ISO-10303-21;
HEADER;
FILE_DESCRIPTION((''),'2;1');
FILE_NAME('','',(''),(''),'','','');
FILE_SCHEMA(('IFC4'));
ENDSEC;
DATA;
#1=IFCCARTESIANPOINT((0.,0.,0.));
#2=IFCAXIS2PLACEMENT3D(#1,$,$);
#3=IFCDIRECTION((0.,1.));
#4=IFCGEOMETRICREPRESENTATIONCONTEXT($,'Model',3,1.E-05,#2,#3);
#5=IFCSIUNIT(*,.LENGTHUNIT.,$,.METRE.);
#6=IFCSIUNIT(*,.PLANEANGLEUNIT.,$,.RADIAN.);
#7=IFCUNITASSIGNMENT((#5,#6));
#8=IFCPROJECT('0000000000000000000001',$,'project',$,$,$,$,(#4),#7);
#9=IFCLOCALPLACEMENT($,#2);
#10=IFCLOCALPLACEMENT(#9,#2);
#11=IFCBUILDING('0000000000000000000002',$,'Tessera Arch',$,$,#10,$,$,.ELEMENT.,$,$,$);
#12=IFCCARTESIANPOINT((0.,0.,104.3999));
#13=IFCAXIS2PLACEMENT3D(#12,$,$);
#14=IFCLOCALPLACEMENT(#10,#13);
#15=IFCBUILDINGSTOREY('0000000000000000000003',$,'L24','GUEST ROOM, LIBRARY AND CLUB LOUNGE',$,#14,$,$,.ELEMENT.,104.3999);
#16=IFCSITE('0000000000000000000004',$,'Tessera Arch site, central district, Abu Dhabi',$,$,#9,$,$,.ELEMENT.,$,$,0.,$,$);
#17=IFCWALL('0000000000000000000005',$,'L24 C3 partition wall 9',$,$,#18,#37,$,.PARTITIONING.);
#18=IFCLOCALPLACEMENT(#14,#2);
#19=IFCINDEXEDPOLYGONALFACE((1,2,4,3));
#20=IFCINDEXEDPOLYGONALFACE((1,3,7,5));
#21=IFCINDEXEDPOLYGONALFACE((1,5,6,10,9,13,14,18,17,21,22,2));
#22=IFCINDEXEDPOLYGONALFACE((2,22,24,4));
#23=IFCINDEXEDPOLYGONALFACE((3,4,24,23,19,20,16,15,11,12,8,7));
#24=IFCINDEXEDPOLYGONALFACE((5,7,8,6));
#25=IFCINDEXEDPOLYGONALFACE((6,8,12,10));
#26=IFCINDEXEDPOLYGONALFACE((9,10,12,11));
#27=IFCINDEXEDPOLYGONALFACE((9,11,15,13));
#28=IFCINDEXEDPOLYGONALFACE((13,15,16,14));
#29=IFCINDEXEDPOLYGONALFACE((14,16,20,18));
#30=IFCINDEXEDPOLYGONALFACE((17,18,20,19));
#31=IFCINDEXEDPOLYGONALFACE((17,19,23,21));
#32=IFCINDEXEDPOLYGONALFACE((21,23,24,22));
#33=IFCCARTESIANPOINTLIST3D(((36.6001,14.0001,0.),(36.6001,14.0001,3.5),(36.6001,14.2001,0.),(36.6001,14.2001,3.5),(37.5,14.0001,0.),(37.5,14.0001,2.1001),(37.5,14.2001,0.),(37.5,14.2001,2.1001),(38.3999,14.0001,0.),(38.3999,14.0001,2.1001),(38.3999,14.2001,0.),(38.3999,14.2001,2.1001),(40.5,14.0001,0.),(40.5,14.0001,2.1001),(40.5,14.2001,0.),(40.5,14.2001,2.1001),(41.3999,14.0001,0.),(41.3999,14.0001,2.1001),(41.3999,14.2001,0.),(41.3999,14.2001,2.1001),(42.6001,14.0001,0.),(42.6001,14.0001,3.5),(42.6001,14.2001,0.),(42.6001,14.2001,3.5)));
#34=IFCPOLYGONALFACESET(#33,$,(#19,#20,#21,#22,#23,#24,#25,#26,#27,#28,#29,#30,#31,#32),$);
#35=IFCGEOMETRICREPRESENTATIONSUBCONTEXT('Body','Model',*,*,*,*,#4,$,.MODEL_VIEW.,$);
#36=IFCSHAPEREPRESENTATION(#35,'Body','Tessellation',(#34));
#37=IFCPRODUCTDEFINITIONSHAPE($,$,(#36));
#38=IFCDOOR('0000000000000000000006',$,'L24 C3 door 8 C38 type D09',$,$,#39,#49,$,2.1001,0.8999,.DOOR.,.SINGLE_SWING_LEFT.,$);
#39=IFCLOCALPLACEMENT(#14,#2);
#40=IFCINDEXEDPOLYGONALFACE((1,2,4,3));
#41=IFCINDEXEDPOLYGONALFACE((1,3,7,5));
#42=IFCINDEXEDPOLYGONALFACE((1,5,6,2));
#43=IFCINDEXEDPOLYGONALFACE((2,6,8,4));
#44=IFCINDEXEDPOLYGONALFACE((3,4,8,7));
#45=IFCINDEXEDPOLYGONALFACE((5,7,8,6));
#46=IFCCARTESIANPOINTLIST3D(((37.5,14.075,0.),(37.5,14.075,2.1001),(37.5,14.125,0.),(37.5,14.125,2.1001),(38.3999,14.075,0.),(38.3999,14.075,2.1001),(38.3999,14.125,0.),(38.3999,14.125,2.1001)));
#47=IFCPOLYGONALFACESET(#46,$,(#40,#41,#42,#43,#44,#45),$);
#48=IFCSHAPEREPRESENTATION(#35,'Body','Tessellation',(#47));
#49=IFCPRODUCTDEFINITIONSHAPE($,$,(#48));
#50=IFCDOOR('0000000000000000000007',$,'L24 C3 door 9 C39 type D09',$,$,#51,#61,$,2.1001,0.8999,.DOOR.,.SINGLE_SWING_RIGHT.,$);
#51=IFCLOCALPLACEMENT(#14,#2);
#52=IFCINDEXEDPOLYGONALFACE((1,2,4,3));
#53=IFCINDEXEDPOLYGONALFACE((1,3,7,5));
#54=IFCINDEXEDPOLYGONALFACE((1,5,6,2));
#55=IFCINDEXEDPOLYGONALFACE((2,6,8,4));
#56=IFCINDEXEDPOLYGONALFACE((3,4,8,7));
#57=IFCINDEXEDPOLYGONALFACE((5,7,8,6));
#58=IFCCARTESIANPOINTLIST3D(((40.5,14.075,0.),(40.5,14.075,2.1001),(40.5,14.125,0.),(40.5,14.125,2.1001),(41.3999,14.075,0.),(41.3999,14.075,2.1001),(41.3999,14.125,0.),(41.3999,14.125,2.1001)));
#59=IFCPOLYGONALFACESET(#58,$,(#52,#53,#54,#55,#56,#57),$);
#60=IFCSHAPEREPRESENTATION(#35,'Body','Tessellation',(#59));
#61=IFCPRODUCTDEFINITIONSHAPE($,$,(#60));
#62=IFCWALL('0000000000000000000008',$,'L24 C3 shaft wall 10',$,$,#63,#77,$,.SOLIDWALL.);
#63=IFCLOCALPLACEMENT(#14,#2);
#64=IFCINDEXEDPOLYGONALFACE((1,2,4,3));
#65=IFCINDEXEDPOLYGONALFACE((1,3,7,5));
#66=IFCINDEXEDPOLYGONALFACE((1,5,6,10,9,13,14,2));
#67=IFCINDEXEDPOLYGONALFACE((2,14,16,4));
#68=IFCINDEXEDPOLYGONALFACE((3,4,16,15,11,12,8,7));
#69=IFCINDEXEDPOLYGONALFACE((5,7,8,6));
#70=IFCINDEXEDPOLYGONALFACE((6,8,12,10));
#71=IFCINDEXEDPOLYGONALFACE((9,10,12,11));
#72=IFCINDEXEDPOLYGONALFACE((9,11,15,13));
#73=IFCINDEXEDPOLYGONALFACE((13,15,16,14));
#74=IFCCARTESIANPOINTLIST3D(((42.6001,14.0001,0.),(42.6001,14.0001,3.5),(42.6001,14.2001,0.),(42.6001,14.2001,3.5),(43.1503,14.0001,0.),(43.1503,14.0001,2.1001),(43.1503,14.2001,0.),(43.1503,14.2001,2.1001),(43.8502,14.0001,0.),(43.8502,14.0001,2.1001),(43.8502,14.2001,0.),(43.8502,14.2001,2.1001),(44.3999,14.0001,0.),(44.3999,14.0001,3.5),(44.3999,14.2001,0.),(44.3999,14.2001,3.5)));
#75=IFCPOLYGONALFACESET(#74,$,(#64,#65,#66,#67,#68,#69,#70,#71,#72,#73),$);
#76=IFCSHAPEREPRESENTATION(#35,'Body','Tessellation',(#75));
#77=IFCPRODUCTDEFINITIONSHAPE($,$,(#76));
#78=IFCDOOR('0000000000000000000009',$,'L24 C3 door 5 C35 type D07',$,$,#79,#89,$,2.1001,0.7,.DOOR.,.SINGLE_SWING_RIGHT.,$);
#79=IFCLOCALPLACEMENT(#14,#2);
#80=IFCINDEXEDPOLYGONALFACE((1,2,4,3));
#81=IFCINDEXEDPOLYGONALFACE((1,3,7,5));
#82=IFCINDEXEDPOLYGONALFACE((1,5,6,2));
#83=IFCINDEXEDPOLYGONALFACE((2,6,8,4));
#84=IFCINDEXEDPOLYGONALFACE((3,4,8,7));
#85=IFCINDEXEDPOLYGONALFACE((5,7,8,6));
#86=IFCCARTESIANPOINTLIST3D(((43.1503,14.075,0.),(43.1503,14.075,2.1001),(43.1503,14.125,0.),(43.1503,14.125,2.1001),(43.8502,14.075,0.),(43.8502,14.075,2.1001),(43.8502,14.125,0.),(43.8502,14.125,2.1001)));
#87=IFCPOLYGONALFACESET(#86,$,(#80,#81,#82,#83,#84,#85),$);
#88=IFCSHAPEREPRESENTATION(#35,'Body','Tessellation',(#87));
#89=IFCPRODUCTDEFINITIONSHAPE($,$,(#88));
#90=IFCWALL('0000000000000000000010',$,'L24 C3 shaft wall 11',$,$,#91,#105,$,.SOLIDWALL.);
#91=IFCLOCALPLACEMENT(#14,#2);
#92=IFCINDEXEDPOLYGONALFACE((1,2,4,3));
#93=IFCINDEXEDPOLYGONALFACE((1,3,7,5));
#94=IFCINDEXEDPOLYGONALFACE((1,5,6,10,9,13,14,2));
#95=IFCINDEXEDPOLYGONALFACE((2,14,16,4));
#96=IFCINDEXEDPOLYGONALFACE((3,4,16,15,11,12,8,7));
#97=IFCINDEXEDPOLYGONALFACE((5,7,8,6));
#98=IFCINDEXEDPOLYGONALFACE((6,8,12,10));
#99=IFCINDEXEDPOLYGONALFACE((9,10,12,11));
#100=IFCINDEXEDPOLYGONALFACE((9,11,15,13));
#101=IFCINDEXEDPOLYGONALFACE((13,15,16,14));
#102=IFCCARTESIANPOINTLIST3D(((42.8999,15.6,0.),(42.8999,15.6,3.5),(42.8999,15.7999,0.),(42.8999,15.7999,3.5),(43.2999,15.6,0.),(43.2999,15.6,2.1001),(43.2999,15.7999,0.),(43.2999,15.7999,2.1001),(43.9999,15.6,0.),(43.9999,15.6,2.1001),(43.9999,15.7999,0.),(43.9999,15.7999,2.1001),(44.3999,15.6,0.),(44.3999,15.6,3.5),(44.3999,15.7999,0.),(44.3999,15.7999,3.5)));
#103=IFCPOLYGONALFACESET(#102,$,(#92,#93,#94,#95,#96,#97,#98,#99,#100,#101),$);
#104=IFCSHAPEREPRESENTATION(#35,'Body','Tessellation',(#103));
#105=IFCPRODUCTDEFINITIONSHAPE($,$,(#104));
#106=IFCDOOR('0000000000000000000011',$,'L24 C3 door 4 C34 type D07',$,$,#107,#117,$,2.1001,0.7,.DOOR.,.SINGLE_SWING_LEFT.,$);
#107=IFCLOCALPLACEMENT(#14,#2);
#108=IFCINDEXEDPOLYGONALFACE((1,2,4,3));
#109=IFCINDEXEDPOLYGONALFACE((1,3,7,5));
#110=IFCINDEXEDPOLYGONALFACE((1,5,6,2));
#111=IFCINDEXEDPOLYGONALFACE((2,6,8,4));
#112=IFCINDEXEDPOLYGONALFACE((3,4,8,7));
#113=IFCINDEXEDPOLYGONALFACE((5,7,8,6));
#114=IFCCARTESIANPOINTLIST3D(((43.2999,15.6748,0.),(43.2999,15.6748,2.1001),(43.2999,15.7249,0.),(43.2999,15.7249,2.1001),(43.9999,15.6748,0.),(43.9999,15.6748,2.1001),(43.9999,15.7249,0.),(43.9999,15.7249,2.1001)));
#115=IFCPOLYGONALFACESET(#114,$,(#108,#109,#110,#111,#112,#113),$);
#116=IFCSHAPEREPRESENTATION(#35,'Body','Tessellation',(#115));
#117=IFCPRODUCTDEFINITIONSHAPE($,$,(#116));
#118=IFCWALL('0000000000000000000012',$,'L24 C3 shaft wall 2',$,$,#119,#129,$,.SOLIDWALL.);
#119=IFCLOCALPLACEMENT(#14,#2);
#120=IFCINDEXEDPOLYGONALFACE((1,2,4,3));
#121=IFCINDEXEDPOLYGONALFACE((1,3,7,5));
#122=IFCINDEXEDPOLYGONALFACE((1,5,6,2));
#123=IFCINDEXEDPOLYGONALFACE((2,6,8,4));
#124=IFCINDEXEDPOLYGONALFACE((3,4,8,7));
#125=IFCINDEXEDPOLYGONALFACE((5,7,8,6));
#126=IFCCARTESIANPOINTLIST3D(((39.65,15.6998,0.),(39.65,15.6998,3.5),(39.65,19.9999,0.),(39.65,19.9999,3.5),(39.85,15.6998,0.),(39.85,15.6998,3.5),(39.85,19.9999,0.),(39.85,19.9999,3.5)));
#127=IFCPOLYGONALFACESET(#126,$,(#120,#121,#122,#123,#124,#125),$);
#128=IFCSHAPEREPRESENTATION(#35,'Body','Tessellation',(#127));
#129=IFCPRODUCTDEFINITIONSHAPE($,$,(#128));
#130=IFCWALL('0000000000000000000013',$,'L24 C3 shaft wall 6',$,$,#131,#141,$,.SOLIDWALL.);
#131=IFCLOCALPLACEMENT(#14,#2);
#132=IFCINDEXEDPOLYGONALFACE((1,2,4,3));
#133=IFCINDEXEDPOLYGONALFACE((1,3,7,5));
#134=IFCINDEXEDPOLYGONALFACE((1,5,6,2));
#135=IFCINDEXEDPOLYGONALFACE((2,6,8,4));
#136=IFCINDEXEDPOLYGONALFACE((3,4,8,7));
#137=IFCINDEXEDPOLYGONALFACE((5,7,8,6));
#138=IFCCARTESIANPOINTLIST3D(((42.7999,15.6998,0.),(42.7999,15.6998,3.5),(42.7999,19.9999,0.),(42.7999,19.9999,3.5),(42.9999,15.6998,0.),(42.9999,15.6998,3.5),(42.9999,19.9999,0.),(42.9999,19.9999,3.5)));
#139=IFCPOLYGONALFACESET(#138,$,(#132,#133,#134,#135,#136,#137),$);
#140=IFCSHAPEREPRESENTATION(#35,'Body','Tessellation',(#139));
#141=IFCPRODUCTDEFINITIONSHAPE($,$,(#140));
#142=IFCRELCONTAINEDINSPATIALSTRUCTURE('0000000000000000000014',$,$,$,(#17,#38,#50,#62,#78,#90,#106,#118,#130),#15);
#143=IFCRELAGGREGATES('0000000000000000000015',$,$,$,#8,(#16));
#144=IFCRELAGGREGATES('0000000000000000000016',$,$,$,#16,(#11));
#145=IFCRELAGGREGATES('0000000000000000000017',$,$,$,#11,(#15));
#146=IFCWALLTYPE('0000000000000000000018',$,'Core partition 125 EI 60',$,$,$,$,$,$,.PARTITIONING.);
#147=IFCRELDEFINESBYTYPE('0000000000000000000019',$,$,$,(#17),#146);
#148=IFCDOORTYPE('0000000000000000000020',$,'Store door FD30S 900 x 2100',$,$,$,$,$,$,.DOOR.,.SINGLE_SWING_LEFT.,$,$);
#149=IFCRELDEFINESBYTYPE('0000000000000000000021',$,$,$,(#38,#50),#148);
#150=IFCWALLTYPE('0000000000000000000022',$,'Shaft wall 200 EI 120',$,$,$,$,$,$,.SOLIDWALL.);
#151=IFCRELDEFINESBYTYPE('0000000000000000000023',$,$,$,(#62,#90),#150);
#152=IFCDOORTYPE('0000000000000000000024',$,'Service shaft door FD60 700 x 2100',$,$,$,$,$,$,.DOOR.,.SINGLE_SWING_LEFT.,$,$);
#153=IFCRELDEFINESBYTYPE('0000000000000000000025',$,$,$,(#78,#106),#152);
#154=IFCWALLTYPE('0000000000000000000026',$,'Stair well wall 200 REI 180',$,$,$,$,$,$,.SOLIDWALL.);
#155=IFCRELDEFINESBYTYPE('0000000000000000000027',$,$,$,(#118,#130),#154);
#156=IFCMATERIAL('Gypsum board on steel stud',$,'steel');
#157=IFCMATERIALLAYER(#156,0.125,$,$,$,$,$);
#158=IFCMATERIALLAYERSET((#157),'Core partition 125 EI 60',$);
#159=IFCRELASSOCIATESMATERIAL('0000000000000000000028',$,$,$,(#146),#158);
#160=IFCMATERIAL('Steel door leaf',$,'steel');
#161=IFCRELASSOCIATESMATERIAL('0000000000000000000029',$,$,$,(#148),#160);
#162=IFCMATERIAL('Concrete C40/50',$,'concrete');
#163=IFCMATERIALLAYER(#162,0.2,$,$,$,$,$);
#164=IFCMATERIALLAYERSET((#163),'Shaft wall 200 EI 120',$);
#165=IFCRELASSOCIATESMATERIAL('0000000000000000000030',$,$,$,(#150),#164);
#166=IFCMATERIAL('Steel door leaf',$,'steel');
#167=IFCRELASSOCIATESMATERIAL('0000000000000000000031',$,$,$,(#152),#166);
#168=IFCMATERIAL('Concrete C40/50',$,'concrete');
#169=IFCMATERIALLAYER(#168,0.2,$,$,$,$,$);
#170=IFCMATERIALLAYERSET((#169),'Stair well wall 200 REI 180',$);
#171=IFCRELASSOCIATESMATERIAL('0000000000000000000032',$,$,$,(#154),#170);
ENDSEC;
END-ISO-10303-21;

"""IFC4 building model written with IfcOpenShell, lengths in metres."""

from ifc_helpers import new_model, si_unit, direction, frame, frame_2d, origin, place, context, subcontext, project, spatial, rectangle, extrude, material, layer, layer_set, type_object, element, fill, save


model = new_model("IFC4")

# Units and contexts
model_context = context("Model", 3, precision=1e-05, world=origin(), true_north=direction((0.0, 1.0)))
body_context = subcontext(model_context, "Body", "Model", "MODEL_VIEW")
ifc_project = project(units=[si_unit("LENGTHUNIT", "METRE"), si_unit("PLANEANGLEUNIT", "RADIAN")], contexts=[model_context])

# Site, building, storey
site_placement = place(None, origin())
site = spatial("IfcSite", under=ifc_project, at=site_placement, Name="Tessera Arch site, central district, Abu Dhabi", CompositionType="ELEMENT", RefElevation=0.0)
building_placement = place(site_placement, origin())
building = spatial("IfcBuilding", under=site, at=building_placement, Name="Tessera Arch", CompositionType="ELEMENT")
storey_placement = place(building_placement, frame((0.0, 0.0, 104.3999)))
storey = spatial("IfcBuildingStorey", under=building, at=storey_placement, Name="L24", Description="GUEST ROOM, LIBRARY AND CLUB LOUNGE", CompositionType="ELEMENT", Elevation=104.3999)

# Wall, openings, doors
ifc_material_1 = material(Name="Gypsum board on steel stud", Category="steel")
ifc_layer_1 = layer(ifc_material_1, 0.125)
ifc_layer_set_1 = layer_set([ifc_layer_1], Name="Core partition 125 EI 60")
wall_type_1 = type_object("IfcWallType", Name="Core partition 125 EI 60", PredefinedType="PARTITIONING", material=ifc_layer_set_1)
wall_1_placement = place(storey_placement, frame((36.6001, 14.1001, 0.0), z_axis=(0.0, 0.0, 1.0), x_axis=(1.0, 0.0, 0.0)))
wall_1 = element("IfcWall", 1, at=wall_1_placement, inside=storey, type_object=wall_type_1, Name="L24 C3 partition wall 9", PredefinedType="PARTITIONING", context=body_context, shape_type="SweptSolid", body=[
    extrude(rectangle(XDim=6.0, YDim=0.2, at=frame_2d((3.0, 0.0))), origin(), (0.0, 0.0, 1.0), 3.5),
])
opening_1_placement = place(wall_1_placement, frame((0.8999, 0.0, 0.0)))
opening_1 = element("IfcOpeningElement", 2, at=opening_1_placement, cuts=wall_1, PredefinedType="OPENING", context=body_context, shape_type="SweptSolid", body=[
    extrude(rectangle(XDim=0.8999, YDim=2.1001, at=frame_2d((0.45, 1.05))), frame((0.0, 0.1099, 0.0), z_axis=(0.0, -1.0, 0.0), x_axis=(1.0, 0.0, 0.0)), (0.0, 0.0, 1.0), 0.22),
])
opening_2_placement = place(wall_1_placement, frame((3.8999, 0.0, 0.0)))
opening_2 = element("IfcOpeningElement", 3, at=opening_2_placement, cuts=wall_1, PredefinedType="OPENING", context=body_context, shape_type="SweptSolid", body=[
    extrude(rectangle(XDim=0.8999, YDim=2.1001, at=frame_2d((0.45, 1.05))), frame((0.0, 0.1099, 0.0), z_axis=(0.0, -1.0, 0.0), x_axis=(1.0, 0.0, 0.0)), (0.0, 0.0, 1.0), 0.22),
])
ifc_material_2 = material(Name="Steel door leaf", Category="steel")
door_type_1 = type_object("IfcDoorType", Name="Store door FD30S 900 x 2100", OperationType="SINGLE_SWING_LEFT", PredefinedType="DOOR", material=ifc_material_2)
door_1_placement = place(opening_1_placement, origin())
door_1 = element("IfcDoor", 4, at=door_1_placement, inside=storey, type_object=door_type_1, Name="L24 C3 door 8 C38 type D09", OperationType="SINGLE_SWING_LEFT", OverallHeight=2.1001, OverallWidth=0.8999, PredefinedType="DOOR", context=body_context, shape_type="SweptSolid", body=[
    extrude(rectangle(XDim=0.8999, YDim=2.1001, at=frame_2d((0.45, 1.05))), frame((0.0, 0.0249, 0.0), z_axis=(0.0, -1.0, 0.0), x_axis=(1.0, 0.0, 0.0)), (0.0, 0.0, 1.0), 0.05),
])
fill(opening_1, door_1)
door_2_placement = place(opening_2_placement, origin())
door_2 = element("IfcDoor", 5, at=door_2_placement, inside=storey, type_object=door_type_1, Name="L24 C3 door 9 C39 type D09", OperationType="SINGLE_SWING_RIGHT", OverallHeight=2.1001, OverallWidth=0.8999, PredefinedType="DOOR", context=body_context, shape_type="SweptSolid", body=[
    extrude(rectangle(XDim=0.8999, YDim=2.1001, at=frame_2d((0.45, 1.05))), frame((0.0, 0.0249, 0.0), z_axis=(0.0, -1.0, 0.0), x_axis=(1.0, 0.0, 0.0)), (0.0, 0.0, 1.0), 0.05),
])
fill(opening_2, door_2)

# Walls, openings, doors
ifc_material_3 = material(Name="Concrete C40/50", Category="concrete")
ifc_layer_2 = layer(ifc_material_3, 0.2)
ifc_layer_set_2 = layer_set([ifc_layer_2], Name="Shaft wall 200 EI 120")
wall_type_2 = type_object("IfcWallType", Name="Shaft wall 200 EI 120", PredefinedType="SOLIDWALL", material=ifc_layer_set_2)
wall_2_placement = place(storey_placement, frame((42.6001, 14.1001, 0.0), z_axis=(0.0, 0.0, 1.0), x_axis=(1.0, 0.0, 0.0)))
wall_2 = element("IfcWall", 6, at=wall_2_placement, inside=storey, type_object=wall_type_2, Name="L24 C3 shaft wall 10", PredefinedType="SOLIDWALL", context=body_context, shape_type="SweptSolid", body=[
    extrude(rectangle(XDim=1.7998, YDim=0.2, at=frame_2d((0.8999, 0.0))), origin(), (0.0, 0.0, 1.0), 3.5),
])
opening_3_placement = place(wall_2_placement, frame((0.55, 0.0, 0.0)))
opening_3 = element("IfcOpeningElement", 7, at=opening_3_placement, cuts=wall_2, PredefinedType="OPENING", context=body_context, shape_type="SweptSolid", body=[
    extrude(rectangle(XDim=0.7, YDim=2.1001, at=frame_2d((0.3501, 1.05))), frame((0.0, 0.1099, 0.0), z_axis=(0.0, -1.0, 0.0), x_axis=(1.0, 0.0, 0.0)), (0.0, 0.0, 1.0), 0.22),
])
ifc_material_4 = material(Name="Steel door leaf", Category="steel")
door_type_2 = type_object("IfcDoorType", Name="Service shaft door FD60 700 x 2100", OperationType="SINGLE_SWING_LEFT", PredefinedType="DOOR", material=ifc_material_4)
door_3_placement = place(opening_3_placement, origin())
door_3 = element("IfcDoor", 8, at=door_3_placement, inside=storey, type_object=door_type_2, Name="L24 C3 door 5 C35 type D07", OperationType="SINGLE_SWING_RIGHT", OverallHeight=2.1001, OverallWidth=0.7, PredefinedType="DOOR", context=body_context, shape_type="SweptSolid", body=[
    extrude(rectangle(XDim=0.7, YDim=2.1001, at=frame_2d((0.3501, 1.05))), frame((0.0, 0.0249, 0.0), z_axis=(0.0, -1.0, 0.0), x_axis=(1.0, 0.0, 0.0)), (0.0, 0.0, 1.0), 0.05),
])
fill(opening_3, door_3)
wall_3_placement = place(storey_placement, frame((42.8999, 15.7, 0.0), z_axis=(0.0, 0.0, 1.0), x_axis=(1.0, 0.0, 0.0)))
wall_3 = element("IfcWall", 9, at=wall_3_placement, inside=storey, type_object=wall_type_2, Name="L24 C3 shaft wall 11", PredefinedType="SOLIDWALL", context=body_context, shape_type="SweptSolid", body=[
    extrude(rectangle(XDim=1.5, YDim=0.2, at=frame_2d((0.75, 0.0))), origin(), (0.0, 0.0, 1.0), 3.5),
])
opening_4_placement = place(wall_3_placement, frame((0.3999, 0.0, 0.0)))
opening_4 = element("IfcOpeningElement", 10, at=opening_4_placement, cuts=wall_3, PredefinedType="OPENING", context=body_context, shape_type="SweptSolid", body=[
    extrude(rectangle(XDim=0.7, YDim=2.1001, at=frame_2d((0.3501, 1.05))), frame((0.0, 0.1099, 0.0), z_axis=(0.0, -1.0, 0.0), x_axis=(1.0, 0.0, 0.0)), (0.0, 0.0, 1.0), 0.22),
])
door_4_placement = place(opening_4_placement, origin())
door_4 = element("IfcDoor", 11, at=door_4_placement, inside=storey, type_object=door_type_2, Name="L24 C3 door 4 C34 type D07", OperationType="SINGLE_SWING_LEFT", OverallHeight=2.1001, OverallWidth=0.7, PredefinedType="DOOR", context=body_context, shape_type="SweptSolid", body=[
    extrude(rectangle(XDim=0.7, YDim=2.1001, at=frame_2d((0.3501, 1.05))), frame((0.0, 0.0249, 0.0), z_axis=(0.0, -1.0, 0.0), x_axis=(1.0, 0.0, 0.0)), (0.0, 0.0, 1.0), 0.05),
])
fill(opening_4, door_4)

# Walls
ifc_material_5 = material(Name="Concrete C40/50", Category="concrete")
ifc_layer_3 = layer(ifc_material_5, 0.2)
ifc_layer_set_3 = layer_set([ifc_layer_3], Name="Stair well wall 200 REI 180")
wall_type_3 = type_object("IfcWallType", Name="Stair well wall 200 REI 180", PredefinedType="SOLIDWALL", material=ifc_layer_set_3)
for number, where, z_axis, x_axis, name in (
    (12, (39.75, 15.7, 0.0), (0.0, 0.0, 1.0), (0.0, 1.0, 0.0), "L24 C3 shaft wall 2"),
    (13, (42.8999, 15.7, 0.0), (0.0, 0.0, 1.0), (0.0, 1.0, 0.0), "L24 C3 shaft wall 6"),
):
    element("IfcWall", number, at=place(storey_placement, frame(where, z_axis=z_axis, x_axis=x_axis)), inside=storey, type_object=wall_type_3, Name=name, PredefinedType="SOLIDWALL", context=body_context, shape_type="SweptSolid", body=[
        extrude(rectangle(XDim=4.3, YDim=0.2, at=frame_2d((2.1499, 0.0))), origin(), (0.0, 0.0, 1.0), 3.5),
    ])

save(model, "model.ifc")
